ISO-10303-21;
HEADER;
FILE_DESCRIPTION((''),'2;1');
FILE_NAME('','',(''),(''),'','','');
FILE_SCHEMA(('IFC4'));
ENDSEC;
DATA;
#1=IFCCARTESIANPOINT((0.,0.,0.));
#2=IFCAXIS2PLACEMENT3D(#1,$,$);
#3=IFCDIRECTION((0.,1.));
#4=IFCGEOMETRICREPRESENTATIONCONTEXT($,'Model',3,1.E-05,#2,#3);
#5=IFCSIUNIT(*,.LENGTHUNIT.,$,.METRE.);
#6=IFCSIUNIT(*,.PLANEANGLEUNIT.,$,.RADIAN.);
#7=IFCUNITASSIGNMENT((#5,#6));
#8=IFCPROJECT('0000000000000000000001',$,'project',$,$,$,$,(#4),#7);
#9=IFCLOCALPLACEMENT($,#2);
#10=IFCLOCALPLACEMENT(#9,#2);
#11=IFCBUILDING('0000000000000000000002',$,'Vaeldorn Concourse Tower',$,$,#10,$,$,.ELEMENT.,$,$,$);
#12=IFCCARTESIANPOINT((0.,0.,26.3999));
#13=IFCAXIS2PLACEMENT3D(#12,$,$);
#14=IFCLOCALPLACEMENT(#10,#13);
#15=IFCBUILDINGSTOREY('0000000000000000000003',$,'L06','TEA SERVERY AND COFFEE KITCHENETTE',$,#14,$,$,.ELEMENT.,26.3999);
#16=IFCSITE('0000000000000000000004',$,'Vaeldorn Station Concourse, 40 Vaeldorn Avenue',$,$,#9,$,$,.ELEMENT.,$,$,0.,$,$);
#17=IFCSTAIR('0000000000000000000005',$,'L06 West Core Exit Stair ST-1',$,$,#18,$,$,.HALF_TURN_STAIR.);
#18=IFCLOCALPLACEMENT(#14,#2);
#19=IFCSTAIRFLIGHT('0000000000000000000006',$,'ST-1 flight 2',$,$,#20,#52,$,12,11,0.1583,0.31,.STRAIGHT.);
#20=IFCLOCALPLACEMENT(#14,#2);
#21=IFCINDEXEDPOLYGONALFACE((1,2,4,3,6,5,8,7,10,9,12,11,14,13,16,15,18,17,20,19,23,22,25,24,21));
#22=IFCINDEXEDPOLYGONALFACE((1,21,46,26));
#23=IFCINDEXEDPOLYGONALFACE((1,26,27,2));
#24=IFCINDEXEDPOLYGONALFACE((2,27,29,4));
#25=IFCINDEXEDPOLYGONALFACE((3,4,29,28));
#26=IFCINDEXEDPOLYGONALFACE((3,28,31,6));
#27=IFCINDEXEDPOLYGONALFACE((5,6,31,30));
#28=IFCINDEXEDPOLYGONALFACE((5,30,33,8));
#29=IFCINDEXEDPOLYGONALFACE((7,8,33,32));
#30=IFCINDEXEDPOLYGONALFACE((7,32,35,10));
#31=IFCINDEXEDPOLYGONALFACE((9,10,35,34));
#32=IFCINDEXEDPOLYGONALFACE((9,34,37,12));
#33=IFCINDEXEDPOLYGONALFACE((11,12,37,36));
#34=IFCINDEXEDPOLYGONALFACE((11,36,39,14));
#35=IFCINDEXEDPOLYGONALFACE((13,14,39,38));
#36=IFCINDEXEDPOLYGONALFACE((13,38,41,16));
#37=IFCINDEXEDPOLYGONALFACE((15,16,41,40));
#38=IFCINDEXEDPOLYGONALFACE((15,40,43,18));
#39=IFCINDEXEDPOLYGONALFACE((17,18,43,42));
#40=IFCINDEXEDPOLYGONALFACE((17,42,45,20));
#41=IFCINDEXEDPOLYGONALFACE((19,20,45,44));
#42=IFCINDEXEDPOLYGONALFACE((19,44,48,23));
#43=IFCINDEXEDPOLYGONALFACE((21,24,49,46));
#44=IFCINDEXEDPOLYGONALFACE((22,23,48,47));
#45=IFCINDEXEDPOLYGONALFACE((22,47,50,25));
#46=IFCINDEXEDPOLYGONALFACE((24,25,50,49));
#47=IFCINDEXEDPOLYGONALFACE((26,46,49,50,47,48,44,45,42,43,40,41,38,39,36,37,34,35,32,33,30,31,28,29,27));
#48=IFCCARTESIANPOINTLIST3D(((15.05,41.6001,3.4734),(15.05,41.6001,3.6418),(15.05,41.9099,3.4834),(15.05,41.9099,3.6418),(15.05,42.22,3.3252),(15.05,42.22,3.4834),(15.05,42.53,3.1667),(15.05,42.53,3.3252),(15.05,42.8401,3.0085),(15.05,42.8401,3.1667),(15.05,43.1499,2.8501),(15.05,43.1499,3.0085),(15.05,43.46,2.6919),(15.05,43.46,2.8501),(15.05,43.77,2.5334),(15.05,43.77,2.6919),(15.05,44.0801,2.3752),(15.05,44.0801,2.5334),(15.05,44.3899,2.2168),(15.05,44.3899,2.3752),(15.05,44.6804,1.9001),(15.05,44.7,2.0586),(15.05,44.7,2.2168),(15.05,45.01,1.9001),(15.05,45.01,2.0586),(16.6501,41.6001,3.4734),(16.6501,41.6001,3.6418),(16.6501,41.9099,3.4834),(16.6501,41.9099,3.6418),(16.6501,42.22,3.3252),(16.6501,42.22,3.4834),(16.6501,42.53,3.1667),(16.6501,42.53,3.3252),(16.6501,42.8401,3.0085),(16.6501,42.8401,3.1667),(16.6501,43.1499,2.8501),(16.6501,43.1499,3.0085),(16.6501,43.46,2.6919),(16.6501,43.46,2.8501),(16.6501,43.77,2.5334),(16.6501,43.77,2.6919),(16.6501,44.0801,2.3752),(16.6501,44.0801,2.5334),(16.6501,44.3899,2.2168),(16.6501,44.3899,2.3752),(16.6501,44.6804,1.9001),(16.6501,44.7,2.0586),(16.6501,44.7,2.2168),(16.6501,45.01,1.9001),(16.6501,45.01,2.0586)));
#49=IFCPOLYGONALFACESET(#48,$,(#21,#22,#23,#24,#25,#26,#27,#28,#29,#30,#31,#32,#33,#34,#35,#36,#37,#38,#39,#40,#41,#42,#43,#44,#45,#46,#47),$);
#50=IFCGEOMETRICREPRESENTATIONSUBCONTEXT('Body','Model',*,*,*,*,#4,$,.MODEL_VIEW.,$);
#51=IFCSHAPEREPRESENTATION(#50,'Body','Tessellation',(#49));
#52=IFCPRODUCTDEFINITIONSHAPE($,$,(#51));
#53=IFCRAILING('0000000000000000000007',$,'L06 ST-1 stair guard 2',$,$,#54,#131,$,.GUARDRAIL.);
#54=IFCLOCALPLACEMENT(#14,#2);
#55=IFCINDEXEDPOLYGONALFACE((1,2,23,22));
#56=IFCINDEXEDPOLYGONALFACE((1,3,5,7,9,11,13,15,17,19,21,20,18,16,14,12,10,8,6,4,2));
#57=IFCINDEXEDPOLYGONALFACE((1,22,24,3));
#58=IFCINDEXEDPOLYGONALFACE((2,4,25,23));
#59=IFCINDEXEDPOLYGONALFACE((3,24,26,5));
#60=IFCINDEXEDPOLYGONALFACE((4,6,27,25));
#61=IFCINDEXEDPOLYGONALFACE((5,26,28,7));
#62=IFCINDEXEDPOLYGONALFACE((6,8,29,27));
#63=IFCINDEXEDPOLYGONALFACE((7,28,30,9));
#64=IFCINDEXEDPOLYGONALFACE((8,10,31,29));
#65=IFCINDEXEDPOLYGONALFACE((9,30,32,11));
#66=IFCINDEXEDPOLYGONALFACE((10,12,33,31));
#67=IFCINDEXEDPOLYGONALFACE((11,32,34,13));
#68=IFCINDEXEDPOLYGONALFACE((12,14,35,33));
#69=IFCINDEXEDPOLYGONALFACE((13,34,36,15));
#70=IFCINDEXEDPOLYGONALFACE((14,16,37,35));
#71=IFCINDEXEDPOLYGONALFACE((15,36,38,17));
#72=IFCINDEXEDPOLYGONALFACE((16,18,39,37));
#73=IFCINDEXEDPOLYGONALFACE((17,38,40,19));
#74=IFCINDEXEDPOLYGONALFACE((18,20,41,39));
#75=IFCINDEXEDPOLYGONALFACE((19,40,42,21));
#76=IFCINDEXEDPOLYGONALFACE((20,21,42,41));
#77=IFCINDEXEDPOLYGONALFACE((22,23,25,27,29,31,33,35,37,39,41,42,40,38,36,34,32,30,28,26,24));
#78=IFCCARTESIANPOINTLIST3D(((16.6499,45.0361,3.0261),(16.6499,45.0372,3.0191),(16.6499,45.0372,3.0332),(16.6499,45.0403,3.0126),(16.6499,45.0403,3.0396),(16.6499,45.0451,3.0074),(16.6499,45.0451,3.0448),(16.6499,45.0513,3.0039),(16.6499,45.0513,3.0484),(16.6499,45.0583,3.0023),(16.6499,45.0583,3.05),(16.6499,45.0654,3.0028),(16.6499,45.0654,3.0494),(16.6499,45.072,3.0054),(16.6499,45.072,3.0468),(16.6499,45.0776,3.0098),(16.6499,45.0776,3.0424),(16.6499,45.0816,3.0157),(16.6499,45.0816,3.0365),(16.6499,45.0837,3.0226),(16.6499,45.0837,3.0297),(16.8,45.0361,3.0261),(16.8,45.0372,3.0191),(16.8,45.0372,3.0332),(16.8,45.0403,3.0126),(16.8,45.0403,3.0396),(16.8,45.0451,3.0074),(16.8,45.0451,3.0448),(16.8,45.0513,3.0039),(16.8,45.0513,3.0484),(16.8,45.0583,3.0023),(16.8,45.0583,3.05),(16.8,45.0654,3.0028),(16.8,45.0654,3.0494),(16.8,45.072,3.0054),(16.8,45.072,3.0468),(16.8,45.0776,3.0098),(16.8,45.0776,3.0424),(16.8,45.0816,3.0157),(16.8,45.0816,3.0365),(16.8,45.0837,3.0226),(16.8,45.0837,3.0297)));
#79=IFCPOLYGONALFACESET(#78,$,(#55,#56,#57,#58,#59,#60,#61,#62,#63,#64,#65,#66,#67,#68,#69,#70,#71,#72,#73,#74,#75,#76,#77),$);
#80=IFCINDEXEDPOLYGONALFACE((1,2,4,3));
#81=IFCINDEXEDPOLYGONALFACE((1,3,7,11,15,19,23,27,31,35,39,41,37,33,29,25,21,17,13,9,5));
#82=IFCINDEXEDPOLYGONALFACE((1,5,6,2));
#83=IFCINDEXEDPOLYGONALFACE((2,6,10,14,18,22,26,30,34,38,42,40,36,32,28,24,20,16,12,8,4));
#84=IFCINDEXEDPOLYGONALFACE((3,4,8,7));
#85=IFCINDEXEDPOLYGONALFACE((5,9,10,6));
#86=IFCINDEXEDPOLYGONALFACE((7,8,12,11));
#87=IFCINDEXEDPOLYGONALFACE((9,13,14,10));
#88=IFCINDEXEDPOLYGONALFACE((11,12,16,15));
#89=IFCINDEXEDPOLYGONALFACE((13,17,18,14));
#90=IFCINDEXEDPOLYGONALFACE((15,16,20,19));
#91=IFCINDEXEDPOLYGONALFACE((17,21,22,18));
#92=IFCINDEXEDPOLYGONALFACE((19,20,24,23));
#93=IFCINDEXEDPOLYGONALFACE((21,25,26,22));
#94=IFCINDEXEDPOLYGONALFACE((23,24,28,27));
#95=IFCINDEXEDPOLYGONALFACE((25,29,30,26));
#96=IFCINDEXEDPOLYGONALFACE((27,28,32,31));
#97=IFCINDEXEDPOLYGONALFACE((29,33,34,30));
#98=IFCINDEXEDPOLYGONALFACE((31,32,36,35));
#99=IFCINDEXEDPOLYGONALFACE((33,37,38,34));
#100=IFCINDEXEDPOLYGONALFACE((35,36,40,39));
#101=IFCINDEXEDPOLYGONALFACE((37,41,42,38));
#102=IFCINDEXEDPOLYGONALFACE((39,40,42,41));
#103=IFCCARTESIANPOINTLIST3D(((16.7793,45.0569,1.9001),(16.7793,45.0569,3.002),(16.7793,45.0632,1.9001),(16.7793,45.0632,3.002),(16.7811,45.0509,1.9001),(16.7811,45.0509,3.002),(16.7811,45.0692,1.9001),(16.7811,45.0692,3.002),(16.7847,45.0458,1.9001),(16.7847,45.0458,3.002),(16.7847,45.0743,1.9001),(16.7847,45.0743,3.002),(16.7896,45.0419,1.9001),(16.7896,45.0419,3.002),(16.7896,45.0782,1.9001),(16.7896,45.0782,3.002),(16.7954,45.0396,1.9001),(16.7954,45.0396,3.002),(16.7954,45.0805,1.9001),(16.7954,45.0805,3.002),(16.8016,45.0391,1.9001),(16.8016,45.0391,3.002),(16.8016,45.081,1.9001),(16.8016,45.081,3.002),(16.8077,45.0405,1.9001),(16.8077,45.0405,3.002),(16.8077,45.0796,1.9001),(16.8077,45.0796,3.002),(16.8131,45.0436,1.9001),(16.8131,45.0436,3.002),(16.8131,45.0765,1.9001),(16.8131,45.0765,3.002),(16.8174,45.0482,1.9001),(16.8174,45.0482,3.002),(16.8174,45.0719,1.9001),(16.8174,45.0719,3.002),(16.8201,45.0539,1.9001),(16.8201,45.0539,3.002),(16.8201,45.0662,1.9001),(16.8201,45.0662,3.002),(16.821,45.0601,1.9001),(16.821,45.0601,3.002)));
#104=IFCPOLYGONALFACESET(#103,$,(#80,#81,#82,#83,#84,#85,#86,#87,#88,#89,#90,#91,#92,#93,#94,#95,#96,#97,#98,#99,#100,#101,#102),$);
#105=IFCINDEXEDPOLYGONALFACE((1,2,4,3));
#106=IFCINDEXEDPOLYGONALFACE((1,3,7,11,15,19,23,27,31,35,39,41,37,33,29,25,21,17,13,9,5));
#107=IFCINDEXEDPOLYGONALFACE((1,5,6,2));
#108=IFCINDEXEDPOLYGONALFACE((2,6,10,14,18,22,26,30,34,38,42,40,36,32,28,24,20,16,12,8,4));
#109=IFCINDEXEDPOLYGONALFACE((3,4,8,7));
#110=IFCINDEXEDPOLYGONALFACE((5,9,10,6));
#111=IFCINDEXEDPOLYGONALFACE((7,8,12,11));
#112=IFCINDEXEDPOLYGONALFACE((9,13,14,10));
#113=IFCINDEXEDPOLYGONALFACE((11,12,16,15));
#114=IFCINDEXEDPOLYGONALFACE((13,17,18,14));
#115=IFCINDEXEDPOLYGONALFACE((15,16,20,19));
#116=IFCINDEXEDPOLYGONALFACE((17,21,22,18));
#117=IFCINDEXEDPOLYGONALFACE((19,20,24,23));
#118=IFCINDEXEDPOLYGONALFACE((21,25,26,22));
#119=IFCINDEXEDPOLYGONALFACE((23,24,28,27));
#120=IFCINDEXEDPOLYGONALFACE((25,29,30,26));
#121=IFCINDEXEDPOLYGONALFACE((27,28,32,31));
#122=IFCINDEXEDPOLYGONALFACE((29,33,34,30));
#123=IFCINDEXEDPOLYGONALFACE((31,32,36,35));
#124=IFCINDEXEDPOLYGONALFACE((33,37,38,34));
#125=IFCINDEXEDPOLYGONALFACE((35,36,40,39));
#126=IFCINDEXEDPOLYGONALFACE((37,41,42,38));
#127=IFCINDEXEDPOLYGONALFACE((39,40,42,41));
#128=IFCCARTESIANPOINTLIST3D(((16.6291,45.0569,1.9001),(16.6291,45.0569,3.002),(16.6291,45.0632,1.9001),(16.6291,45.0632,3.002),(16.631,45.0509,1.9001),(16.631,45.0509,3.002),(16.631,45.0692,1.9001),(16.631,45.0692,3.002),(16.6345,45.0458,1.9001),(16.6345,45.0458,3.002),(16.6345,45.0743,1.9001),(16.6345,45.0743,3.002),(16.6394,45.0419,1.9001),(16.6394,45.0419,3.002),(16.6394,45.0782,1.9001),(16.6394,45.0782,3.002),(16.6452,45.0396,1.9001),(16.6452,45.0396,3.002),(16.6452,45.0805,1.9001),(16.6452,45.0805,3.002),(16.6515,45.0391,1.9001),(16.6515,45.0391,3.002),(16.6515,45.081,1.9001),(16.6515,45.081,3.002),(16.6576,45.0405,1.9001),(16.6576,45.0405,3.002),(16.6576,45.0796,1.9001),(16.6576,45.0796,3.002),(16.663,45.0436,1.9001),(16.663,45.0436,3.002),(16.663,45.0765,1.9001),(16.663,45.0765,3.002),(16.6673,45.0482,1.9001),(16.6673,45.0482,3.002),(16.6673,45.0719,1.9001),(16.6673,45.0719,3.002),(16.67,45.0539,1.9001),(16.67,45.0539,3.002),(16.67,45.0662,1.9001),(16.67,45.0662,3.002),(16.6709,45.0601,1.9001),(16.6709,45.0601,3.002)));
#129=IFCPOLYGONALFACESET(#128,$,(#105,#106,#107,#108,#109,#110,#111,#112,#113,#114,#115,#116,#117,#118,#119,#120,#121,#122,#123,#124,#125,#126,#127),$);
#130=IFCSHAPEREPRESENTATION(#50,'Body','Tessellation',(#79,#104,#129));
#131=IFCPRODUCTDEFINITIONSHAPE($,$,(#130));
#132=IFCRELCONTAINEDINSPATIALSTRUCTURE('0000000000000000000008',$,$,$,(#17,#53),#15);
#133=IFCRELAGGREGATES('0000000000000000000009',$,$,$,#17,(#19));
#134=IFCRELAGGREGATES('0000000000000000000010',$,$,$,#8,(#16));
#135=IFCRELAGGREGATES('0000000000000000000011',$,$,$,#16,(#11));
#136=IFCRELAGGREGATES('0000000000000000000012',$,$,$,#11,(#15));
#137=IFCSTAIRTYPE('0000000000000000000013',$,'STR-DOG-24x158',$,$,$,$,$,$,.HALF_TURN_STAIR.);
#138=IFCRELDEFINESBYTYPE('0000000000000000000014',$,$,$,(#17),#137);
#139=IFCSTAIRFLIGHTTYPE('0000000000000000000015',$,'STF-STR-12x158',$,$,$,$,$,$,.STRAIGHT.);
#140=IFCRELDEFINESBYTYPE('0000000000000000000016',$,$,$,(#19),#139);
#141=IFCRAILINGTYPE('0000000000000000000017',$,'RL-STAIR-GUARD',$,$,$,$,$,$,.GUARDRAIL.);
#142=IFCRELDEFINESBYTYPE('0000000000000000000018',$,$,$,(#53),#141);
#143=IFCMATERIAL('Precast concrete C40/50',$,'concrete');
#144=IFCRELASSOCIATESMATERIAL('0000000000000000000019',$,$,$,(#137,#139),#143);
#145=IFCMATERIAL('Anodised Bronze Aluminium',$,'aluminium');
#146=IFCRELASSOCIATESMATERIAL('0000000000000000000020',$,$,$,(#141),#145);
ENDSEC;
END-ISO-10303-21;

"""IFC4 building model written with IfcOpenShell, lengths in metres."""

from ifc_helpers import new_model, si_unit, direction, frame, origin, origin_2d, place, context, subcontext, project, spatial, polyline, circle, outline, extrude, material, type_object, element, aggregate, save


model = new_model("IFC4")

# Units and contexts
model_context = context("Model", 3, precision=1e-05, world=origin(), true_north=direction((0.0, 1.0)))
body_context = subcontext(model_context, "Body", "Model", "MODEL_VIEW")
ifc_project = project(units=[si_unit("LENGTHUNIT", "METRE"), si_unit("PLANEANGLEUNIT", "RADIAN")], contexts=[model_context])

# Site, building, storey
site_placement = place(None, origin())
site = spatial("IfcSite", under=ifc_project, at=site_placement, Name="Vaeldorn Station Concourse, 40 Vaeldorn Avenue", CompositionType="ELEMENT", RefElevation=0.0)
building_placement = place(site_placement, origin())
building = spatial("IfcBuilding", under=site, at=building_placement, Name="Vaeldorn Concourse Tower", CompositionType="ELEMENT")
storey_placement = place(building_placement, frame((0.0, 0.0, 26.3999)))
storey = spatial("IfcBuildingStorey", under=building, at=storey_placement, Name="L06", Description="TEA SERVERY AND COFFEE KITCHENETTE", CompositionType="ELEMENT", Elevation=26.3999)

# Shared definitions
ifc_material_1 = material(Name="Anodised Bronze Aluminium", Category="aluminium")

# Stair, stair flight
ifc_material_2 = material(Name="Precast concrete C40/50", Category="concrete")
stair_type = type_object("IfcStairType", Name="STR-DOG-24x158", PredefinedType="HALF_TURN_STAIR", material=ifc_material_2)
stair_placement = place(storey_placement, origin())
stair = element("IfcStair", 1, at=stair_placement, inside=storey, type_object=stair_type, Name="L06 West Core Exit Stair ST-1", PredefinedType="HALF_TURN_STAIR")
stair_flight_type = type_object("IfcStairFlightType", Name="STF-STR-12x158", PredefinedType="STRAIGHT", material=ifc_material_2)
stair_flight_placement = place(storey_placement, frame((15.8501, 45.01, 1.9001), z_axis=(0.0, 0.0, 1.0), x_axis=(0.0, -1.0, 0.0)))
stair_flight = element("IfcStairFlight", 2, at=stair_flight_placement, type_object=stair_flight_type, Name="ST-1 flight 2", NumberOfRisers=12, NumberOfTreads=11, PredefinedType="STRAIGHT", RiserHeight=0.1583, TreadLength=0.31, context=body_context, shape_type="SweptSolid", body=[
    extrude(outline(polyline([(0.0, 0.0), (0.0, 0.1584), (0.3101, 0.1584), (0.3101, 0.3167), (0.6201, 0.3167), (0.6201, 0.4751), (0.9299, 0.4751), (0.9299, 0.6333), (1.24, 0.6333), (1.24, 0.7917), (1.55, 0.7917), (1.55, 0.95), (1.8601, 0.95), (1.8601, 1.1084), (2.1699, 1.1084), (2.1699, 1.2666), (2.48, 1.2666), (2.48, 1.425), (2.79, 1.425), (2.79, 1.5833), (3.1001, 1.5833), (3.1001, 1.7417), (3.4099, 1.7417), (3.4099, 1.8999), (3.4099, 1.5732), (0.3296, 0.0), (0.0, 0.0)])), frame((0.0, 0.8, 0.0), z_axis=(0.0, -1.0, 0.0), x_axis=(1.0, 0.0, 0.0)), (0.0, 0.0, 1.0), 1.6001),
])
aggregate(stair, [stair_flight])

# Railing
railing_type_1 = type_object("IfcRailingType", Name="RL-STAIR-GUARD", PredefinedType="GUARDRAIL", material=ifc_material_1)
railing_1_placement = place(storey_placement, frame((16.8, 45.0601, 1.9001)))
element("IfcRailing", 3, at=railing_1_placement, inside=storey, type_object=railing_type_1, Name="L06 ST-1 stair guard 2", PredefinedType="GUARDRAIL", context=body_context, shape_type="SweptSolid", body=[
    extrude(circle(Radius=0.0239, at=origin_2d()), frame((0.0, 0.0, 1.126), z_axis=(-1.0, 0.0, 0.0), x_axis=(0.0, -1.0, 0.0)), (0.0, 0.0, 1.0), 0.1501),
    extrude(circle(Radius=0.021, at=origin_2d()), origin(), (0.0, 0.0, 1.0), 1.1018),
    extrude(circle(Radius=0.021, at=origin_2d()), frame((-0.1501, 0.0, 0.0)), (0.0, 0.0, 1.0), 1.1018),
])

save(model, "model.ifc")
